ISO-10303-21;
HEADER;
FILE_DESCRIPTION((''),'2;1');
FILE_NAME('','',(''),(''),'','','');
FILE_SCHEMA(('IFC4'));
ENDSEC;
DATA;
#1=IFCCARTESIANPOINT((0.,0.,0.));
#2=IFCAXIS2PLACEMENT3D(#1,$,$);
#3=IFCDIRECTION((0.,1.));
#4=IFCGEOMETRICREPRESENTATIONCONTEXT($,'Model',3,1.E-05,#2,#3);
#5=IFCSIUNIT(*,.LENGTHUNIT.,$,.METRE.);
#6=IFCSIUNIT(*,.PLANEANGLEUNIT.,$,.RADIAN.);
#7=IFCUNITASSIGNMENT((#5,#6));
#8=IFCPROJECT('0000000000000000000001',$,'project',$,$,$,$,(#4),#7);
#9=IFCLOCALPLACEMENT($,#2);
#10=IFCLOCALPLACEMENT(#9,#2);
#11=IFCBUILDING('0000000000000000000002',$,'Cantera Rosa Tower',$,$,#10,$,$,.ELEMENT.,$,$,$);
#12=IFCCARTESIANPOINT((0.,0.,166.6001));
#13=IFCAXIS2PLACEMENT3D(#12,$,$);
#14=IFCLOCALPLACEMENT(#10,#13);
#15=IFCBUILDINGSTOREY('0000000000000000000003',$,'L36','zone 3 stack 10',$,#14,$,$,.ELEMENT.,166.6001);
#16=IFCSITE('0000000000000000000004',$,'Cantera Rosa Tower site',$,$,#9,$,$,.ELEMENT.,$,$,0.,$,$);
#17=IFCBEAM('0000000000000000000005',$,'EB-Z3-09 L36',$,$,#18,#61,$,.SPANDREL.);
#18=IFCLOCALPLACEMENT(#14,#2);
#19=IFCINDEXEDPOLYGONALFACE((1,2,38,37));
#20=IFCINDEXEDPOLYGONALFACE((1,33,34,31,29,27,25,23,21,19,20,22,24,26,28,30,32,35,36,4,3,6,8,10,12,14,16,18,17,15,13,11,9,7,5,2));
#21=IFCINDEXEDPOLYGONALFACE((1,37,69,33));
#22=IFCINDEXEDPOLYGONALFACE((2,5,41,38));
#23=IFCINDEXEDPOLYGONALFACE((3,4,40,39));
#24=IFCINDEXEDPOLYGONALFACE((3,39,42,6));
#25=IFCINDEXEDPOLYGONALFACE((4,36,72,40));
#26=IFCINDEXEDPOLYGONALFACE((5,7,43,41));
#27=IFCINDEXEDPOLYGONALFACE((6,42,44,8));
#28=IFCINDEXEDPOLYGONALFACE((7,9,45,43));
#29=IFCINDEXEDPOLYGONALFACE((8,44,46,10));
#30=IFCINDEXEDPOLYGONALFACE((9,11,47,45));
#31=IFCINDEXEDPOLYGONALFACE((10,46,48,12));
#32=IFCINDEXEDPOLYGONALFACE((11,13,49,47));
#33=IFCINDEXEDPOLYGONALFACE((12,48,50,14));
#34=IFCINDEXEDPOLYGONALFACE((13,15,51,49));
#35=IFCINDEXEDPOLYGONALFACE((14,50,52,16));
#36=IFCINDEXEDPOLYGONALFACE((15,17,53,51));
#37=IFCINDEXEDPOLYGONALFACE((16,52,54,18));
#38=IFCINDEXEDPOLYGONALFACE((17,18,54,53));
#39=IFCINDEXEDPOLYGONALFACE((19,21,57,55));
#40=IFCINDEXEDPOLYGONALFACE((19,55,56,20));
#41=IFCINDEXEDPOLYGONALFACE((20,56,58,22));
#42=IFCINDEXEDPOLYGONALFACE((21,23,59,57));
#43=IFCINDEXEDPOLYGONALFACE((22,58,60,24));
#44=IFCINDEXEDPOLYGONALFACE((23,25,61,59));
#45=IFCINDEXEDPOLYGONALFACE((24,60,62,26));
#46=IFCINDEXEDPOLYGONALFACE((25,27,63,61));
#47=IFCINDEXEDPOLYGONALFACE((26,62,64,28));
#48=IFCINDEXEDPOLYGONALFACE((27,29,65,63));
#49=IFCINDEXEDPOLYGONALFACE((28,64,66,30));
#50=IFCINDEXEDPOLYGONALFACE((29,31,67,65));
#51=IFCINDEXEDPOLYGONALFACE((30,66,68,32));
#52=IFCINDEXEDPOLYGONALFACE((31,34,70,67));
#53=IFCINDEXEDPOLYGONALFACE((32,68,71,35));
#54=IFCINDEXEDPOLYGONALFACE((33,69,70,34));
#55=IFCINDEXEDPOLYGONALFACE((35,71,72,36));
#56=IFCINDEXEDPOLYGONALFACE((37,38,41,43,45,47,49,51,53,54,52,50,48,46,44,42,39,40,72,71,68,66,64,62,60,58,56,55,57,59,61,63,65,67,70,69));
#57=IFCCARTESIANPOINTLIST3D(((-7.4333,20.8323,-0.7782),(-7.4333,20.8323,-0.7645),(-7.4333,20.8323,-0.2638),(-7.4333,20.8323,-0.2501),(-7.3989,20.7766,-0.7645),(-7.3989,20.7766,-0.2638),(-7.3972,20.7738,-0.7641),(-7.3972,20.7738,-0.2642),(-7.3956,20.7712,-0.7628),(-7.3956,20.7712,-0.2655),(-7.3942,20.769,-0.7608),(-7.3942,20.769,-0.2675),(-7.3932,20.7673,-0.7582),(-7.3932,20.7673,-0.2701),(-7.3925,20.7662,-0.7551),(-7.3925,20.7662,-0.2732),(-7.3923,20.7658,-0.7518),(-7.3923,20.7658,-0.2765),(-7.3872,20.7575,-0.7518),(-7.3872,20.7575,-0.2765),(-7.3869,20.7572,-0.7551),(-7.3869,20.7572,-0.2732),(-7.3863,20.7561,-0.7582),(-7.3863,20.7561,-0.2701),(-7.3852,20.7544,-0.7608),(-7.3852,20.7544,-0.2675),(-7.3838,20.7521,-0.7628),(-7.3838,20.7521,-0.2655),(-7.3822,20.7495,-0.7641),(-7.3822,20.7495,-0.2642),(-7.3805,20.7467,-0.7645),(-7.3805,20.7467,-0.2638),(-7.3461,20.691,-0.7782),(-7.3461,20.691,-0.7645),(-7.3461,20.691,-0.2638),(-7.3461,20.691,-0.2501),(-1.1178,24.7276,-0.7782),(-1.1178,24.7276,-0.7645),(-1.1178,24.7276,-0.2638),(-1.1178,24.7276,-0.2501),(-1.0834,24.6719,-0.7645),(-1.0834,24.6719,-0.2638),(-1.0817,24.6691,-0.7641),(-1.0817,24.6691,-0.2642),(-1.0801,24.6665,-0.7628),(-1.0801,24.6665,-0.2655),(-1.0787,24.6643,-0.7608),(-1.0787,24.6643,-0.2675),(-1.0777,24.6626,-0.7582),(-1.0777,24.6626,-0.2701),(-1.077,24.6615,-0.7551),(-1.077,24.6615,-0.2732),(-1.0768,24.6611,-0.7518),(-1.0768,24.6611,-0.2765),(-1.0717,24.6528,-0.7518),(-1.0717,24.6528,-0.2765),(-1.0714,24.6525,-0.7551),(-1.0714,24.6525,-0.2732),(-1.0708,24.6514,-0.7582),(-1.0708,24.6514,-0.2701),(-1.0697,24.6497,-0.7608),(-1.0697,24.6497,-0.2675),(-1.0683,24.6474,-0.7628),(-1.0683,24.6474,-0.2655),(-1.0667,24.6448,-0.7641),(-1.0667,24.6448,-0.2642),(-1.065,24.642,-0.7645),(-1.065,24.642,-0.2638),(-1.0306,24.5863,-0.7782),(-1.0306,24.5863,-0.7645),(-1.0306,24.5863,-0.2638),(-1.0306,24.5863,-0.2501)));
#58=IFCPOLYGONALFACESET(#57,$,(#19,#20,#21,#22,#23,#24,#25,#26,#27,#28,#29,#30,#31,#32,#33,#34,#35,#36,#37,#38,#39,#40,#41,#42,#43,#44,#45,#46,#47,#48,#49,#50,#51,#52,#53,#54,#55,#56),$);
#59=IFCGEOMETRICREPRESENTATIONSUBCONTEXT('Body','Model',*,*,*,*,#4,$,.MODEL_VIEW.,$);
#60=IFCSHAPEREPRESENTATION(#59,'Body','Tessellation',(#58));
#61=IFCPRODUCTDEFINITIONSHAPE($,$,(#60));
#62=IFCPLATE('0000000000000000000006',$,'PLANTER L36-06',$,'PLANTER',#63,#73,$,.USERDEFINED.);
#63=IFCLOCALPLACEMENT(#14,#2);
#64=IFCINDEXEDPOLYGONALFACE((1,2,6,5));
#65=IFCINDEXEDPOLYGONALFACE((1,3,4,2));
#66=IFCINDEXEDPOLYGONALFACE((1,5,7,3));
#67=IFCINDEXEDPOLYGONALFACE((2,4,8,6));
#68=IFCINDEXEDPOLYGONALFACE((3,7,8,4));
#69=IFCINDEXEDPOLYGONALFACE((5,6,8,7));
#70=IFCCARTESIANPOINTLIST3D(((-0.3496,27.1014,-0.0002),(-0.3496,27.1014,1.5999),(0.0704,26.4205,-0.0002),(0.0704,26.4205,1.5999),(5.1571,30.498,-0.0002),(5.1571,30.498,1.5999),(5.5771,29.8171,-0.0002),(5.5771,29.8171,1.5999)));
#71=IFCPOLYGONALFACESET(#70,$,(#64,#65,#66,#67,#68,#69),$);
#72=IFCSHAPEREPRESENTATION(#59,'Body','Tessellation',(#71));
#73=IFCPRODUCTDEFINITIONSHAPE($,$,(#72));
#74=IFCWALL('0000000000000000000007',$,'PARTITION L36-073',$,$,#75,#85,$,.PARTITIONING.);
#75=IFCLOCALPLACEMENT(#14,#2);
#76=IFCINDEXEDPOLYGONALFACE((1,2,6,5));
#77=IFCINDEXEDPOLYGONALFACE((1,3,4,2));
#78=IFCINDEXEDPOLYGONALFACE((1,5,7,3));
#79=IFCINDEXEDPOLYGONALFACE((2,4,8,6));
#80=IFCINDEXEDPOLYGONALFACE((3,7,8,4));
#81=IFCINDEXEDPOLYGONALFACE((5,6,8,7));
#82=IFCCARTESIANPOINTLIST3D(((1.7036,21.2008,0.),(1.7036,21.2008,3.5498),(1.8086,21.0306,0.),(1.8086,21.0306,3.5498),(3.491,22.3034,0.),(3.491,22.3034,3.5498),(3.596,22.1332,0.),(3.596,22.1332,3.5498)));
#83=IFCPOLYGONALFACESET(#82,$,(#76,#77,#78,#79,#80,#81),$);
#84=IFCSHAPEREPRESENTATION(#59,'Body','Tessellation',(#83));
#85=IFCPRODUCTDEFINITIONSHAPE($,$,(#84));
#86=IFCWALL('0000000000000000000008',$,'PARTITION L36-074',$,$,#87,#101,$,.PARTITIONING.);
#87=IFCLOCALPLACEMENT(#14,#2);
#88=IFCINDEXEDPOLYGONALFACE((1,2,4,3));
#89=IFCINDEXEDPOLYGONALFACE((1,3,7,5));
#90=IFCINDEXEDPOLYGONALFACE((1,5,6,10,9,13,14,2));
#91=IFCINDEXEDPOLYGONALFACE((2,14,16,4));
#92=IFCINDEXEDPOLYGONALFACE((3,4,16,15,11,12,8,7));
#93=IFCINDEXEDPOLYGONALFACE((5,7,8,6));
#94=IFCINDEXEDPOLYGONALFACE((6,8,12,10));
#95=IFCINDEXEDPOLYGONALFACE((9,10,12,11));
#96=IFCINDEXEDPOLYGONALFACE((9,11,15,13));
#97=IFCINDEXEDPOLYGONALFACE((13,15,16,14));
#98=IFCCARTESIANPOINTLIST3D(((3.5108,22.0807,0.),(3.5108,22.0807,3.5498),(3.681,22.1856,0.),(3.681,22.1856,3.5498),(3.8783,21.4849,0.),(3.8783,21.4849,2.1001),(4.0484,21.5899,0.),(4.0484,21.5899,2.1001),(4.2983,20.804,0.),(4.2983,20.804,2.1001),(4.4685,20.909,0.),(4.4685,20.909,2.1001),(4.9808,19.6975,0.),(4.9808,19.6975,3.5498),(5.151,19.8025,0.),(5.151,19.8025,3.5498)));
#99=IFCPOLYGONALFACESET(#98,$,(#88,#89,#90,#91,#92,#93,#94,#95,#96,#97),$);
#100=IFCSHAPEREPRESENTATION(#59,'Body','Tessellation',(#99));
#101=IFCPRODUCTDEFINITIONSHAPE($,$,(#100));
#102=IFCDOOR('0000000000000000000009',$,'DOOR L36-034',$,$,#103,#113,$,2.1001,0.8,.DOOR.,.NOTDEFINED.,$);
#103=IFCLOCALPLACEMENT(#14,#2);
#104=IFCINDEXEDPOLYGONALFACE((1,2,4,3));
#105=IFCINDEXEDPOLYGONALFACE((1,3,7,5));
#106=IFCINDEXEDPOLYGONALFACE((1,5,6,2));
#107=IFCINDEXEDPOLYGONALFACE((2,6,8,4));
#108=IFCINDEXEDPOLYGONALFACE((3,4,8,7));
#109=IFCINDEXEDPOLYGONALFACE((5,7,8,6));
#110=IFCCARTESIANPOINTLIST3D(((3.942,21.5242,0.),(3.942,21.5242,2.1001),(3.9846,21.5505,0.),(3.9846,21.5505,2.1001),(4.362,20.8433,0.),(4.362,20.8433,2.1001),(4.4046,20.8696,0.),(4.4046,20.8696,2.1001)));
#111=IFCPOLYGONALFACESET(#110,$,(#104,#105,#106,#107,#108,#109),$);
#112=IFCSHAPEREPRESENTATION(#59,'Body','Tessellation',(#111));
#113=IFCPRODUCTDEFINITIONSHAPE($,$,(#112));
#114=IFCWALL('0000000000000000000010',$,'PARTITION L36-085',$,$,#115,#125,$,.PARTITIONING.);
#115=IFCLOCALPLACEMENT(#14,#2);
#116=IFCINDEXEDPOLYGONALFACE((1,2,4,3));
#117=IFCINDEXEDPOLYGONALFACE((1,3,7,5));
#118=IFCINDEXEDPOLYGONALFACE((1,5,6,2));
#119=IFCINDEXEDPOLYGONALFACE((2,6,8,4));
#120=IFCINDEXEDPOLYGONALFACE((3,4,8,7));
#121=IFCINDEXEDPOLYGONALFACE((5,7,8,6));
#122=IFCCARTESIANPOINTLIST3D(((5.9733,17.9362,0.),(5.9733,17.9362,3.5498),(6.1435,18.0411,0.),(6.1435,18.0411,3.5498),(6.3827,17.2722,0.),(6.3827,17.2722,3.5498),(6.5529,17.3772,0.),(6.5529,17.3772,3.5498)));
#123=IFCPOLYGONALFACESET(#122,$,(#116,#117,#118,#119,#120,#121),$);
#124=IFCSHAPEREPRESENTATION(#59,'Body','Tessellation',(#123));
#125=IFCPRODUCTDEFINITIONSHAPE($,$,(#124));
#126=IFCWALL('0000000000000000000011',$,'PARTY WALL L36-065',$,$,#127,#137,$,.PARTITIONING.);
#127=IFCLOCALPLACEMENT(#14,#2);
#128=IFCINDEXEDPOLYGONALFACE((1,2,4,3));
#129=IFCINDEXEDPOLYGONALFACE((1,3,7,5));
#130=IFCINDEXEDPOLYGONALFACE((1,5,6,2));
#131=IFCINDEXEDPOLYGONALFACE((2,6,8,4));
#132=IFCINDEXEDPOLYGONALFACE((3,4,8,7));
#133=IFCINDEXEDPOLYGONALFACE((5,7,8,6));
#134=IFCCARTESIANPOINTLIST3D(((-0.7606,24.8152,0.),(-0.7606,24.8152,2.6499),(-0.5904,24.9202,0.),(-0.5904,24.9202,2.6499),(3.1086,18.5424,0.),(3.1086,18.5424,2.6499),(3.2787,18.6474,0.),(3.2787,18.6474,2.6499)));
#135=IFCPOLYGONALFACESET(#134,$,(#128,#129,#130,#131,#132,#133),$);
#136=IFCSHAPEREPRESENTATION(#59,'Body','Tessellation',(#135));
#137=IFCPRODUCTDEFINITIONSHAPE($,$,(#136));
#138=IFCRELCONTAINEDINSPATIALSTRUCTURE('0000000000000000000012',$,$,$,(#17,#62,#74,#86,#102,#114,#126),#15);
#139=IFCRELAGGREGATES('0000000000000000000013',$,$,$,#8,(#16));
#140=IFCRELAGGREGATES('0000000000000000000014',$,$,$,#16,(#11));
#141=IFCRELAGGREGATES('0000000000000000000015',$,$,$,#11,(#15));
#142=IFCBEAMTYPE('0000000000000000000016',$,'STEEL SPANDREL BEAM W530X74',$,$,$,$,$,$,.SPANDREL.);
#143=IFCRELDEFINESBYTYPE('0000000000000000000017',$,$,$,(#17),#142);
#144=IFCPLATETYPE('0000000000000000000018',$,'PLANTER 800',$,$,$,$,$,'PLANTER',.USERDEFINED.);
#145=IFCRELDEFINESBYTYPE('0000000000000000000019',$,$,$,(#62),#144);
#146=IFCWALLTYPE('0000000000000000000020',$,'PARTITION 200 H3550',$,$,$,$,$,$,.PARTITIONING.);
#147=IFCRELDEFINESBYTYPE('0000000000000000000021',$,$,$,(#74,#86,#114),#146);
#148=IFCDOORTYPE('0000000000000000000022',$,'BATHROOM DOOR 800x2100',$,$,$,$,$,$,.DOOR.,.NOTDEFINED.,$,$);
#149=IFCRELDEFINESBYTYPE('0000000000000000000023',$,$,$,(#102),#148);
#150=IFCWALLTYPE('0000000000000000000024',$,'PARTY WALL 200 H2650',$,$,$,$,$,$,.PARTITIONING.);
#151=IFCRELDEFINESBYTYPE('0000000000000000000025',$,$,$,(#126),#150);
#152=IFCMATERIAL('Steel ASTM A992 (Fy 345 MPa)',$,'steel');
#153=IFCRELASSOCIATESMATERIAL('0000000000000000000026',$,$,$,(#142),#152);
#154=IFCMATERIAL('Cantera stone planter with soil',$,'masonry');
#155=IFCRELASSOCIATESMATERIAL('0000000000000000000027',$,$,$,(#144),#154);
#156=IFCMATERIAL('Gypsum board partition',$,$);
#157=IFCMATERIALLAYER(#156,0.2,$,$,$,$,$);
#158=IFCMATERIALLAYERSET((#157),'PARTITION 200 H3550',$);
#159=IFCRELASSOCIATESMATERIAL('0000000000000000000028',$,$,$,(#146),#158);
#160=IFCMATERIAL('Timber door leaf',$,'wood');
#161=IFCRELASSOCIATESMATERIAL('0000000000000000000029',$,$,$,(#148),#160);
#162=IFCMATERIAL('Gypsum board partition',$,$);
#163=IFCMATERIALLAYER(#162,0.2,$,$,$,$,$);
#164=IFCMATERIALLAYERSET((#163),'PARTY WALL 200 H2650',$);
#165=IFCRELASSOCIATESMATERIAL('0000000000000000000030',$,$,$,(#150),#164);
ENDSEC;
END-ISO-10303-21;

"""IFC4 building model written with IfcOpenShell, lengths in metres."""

from ifc_helpers import new_model, si_unit, direction, frame, frame_2d, origin, origin_2d, place, context, subcontext, project, spatial, rectangle, i_section, extrude, material, layer, layer_set, material_profile, profile_set, type_object, element, fill, save


model = new_model("IFC4")

# Units and contexts
model_context = context("Model", 3, precision=1e-05, world=origin(), true_north=direction((0.0, 1.0)))
body_context = subcontext(model_context, "Body", "Model", "MODEL_VIEW")
ifc_project = project(units=[si_unit("LENGTHUNIT", "METRE"), si_unit("PLANEANGLEUNIT", "RADIAN")], contexts=[model_context])

# Site, building, storey
site_placement = place(None, origin())
site = spatial("IfcSite", under=ifc_project, at=site_placement, Name="Cantera Rosa Tower site", CompositionType="ELEMENT", RefElevation=0.0)
building_placement = place(site_placement, origin())
building = spatial("IfcBuilding", under=site, at=building_placement, Name="Cantera Rosa Tower", CompositionType="ELEMENT")
storey_placement = place(building_placement, frame((0.0, 0.0, 166.6001)))
storey = spatial("IfcBuildingStorey", under=building, at=storey_placement, Name="L36", Description="zone 3 stack 10", CompositionType="ELEMENT", Elevation=166.6001)

# Beam
ifc_material_1 = material(Name="Steel ASTM A992 (Fy 345 MPa)", Category="steel")
ifc_material_profile_1 = material_profile(ifc_material_1, i_section(OverallWidth=0.166, OverallDepth=0.5281, WebThickness=0.0098, FlangeThickness=0.0137, FilletRadius=0.0127, at=origin_2d()), Name="W530X74")
ifc_profile_set_1 = profile_set([ifc_material_profile_1], Name="Steel ASTM A992 (Fy 345 MPa)")
beam_type_1 = type_object("IfcBeamType", Name="STEEL SPANDREL BEAM W530X74", PredefinedType="SPANDREL", material=ifc_profile_set_1)
for number, where, z_axis, x_axis, name in (
    (1, (-1.0742, 24.657, -0.5142), (-0.851126, -0.524962, 0.0), (0.524962, -0.851126, 0.0), "EB-Z3-09 L36"),
):
    element("IfcBeam", number, at=place(storey_placement, frame(where, z_axis=z_axis, x_axis=x_axis)), inside=storey, type_object=beam_type_1, Name=name, PredefinedType="SPANDREL", context=body_context, shape_type="SweptSolid", body=[
        extrude(i_section(OverallWidth=0.166, OverallDepth=0.5281, WebThickness=0.0098, FlangeThickness=0.0137, FilletRadius=0.0127, at=origin_2d()), origin(), (0.0, 0.0, 1.0), 7.4202),
    ])

# Plate
ifc_material_2 = material(Name="Cantera stone planter with soil", Category="masonry")
plate_type = type_object("IfcPlateType", Name="PLANTER 800", ElementType="PLANTER", PredefinedType="USERDEFINED", material=ifc_material_2)
plate_placement = place(storey_placement, frame((2.6138, 28.4592, -0.0002), z_axis=(0.0, 0.0, 1.0), x_axis=(-0.851117, -0.524977, 0.0)))
element("IfcPlate", 2, at=plate_placement, inside=storey, type_object=plate_type, Name="PLANTER L36-06", ObjectType="PLANTER", PredefinedType="USERDEFINED", context=body_context, shape_type="SweptSolid", body=[
    extrude(rectangle(XDim=6.47, YDim=0.8, at=origin_2d()), origin(), (0.0, 0.0, 1.0), 1.6001),
])

# Wall
ifc_material_3 = material(Name="Gypsum board partition")
ifc_layer_1 = layer(ifc_material_3, 0.2)
ifc_layer_set_1 = layer_set([ifc_layer_1], Name="PARTITION 200 H3550")
wall_type_1 = type_object("IfcWallType", Name="PARTITION 200 H3550", PredefinedType="PARTITIONING", material=ifc_layer_set_1)
wall_1_placement = place(storey_placement, frame((1.7561, 21.1157, 0.0), z_axis=(0.0, 0.0, 1.0), x_axis=(0.851099, 0.525005, 0.0)))
element("IfcWall", 3, at=wall_1_placement, inside=storey, type_object=wall_type_1, Name="PARTITION L36-073", PredefinedType="PARTITIONING", context=body_context, shape_type="SweptSolid", body=[
    extrude(rectangle(XDim=2.1001, YDim=0.2, at=frame_2d((1.05, 0.0))), origin(), (0.0, 0.0, 1.0), 3.5498),
])

# Wall, opening, door
wall_2_placement = place(storey_placement, frame((3.5959, 22.1331, 0.0), z_axis=(0.0, 0.0, 1.0), x_axis=(0.524997, -0.851104, 0.0)))
wall_2 = element("IfcWall", 4, at=wall_2_placement, inside=storey, type_object=wall_type_1, Name="PARTITION L36-074", PredefinedType="PARTITIONING", context=body_context, shape_type="SweptSolid", body=[
    extrude(rectangle(XDim=2.8, YDim=0.2, at=frame_2d((1.3999, 0.0))), origin(), (0.0, 0.0, 1.0), 3.5498),
])
opening_1_placement = place(wall_2_placement, frame((0.7, 0.0, 0.0)))
opening_1 = element("IfcOpeningElement", 5, at=opening_1_placement, cuts=wall_2, PredefinedType="OPENING", context=body_context, shape_type="SweptSolid", body=[
    extrude(rectangle(XDim=0.8, YDim=2.1001, at=frame_2d((0.3999, 1.05))), frame((0.0, 0.1099, 0.0), z_axis=(0.0, -1.0, 0.0), x_axis=(1.0, 0.0, 0.0)), (0.0, 0.0, 1.0), 0.22),
])
ifc_material_4 = material(Name="Timber door leaf", Category="wood")
door_type_1 = type_object("IfcDoorType", Name="BATHROOM DOOR 800x2100", OperationType="NOTDEFINED", PredefinedType="DOOR", material=ifc_material_4)
door_1_placement = place(opening_1_placement, origin())
door_1 = element("IfcDoor", 6, at=door_1_placement, inside=storey, type_object=door_type_1, Name="DOOR L36-034", OperationType="NOTDEFINED", OverallHeight=2.1001, OverallWidth=0.8, PredefinedType="DOOR", context=body_context, shape_type="SweptSolid", body=[
    extrude(rectangle(XDim=0.8, YDim=2.1001, at=frame_2d((0.3999, 1.05))), frame((0.0, 0.0249, 0.0), z_axis=(0.0, -1.0, 0.0), x_axis=(1.0, 0.0, 0.0)), (0.0, 0.0, 1.0), 0.05),
])
fill(opening_1, door_1)

# Walls
wall_3_placement = place(storey_placement, frame((6.0583, 17.9888, 0.0), z_axis=(0.0, 0.0, 1.0), x_axis=(0.524813, -0.851217, 0.0)))
element("IfcWall", 7, at=wall_3_placement, inside=storey, type_object=wall_type_1, Name="PARTITION L36-085", PredefinedType="PARTITIONING", context=body_context, shape_type="SweptSolid", body=[
    extrude(rectangle(XDim=0.78, YDim=0.2, at=frame_2d((0.3901, 0.0))), origin(), (0.0, 0.0, 1.0), 3.5498),
])
ifc_material_5 = material(Name="Gypsum board partition")
ifc_layer_2 = layer(ifc_material_5, 0.2)
ifc_layer_set_2 = layer_set([ifc_layer_2], Name="PARTY WALL 200 H2650")
wall_type_2 = type_object("IfcWallType", Name="PARTY WALL 200 H2650", PredefinedType="PARTITIONING", material=ifc_layer_set_2)
wall_4_placement = place(storey_placement, frame((-0.6755, 24.8677, 0.0), z_axis=(0.0, 0.0, 1.0), x_axis=(0.524984, -0.851112, 0.0)))
element("IfcWall", 8, at=wall_4_placement, inside=storey, type_object=wall_type_2, Name="PARTY WALL L36-065", PredefinedType="PARTITIONING", context=body_context, shape_type="SweptSolid", body=[
    extrude(rectangle(XDim=7.3701, YDim=0.2, at=frame_2d((3.6851, 0.0))), origin(), (0.0, 0.0, 1.0), 2.6499),
])

save(model, "model.ifc")
